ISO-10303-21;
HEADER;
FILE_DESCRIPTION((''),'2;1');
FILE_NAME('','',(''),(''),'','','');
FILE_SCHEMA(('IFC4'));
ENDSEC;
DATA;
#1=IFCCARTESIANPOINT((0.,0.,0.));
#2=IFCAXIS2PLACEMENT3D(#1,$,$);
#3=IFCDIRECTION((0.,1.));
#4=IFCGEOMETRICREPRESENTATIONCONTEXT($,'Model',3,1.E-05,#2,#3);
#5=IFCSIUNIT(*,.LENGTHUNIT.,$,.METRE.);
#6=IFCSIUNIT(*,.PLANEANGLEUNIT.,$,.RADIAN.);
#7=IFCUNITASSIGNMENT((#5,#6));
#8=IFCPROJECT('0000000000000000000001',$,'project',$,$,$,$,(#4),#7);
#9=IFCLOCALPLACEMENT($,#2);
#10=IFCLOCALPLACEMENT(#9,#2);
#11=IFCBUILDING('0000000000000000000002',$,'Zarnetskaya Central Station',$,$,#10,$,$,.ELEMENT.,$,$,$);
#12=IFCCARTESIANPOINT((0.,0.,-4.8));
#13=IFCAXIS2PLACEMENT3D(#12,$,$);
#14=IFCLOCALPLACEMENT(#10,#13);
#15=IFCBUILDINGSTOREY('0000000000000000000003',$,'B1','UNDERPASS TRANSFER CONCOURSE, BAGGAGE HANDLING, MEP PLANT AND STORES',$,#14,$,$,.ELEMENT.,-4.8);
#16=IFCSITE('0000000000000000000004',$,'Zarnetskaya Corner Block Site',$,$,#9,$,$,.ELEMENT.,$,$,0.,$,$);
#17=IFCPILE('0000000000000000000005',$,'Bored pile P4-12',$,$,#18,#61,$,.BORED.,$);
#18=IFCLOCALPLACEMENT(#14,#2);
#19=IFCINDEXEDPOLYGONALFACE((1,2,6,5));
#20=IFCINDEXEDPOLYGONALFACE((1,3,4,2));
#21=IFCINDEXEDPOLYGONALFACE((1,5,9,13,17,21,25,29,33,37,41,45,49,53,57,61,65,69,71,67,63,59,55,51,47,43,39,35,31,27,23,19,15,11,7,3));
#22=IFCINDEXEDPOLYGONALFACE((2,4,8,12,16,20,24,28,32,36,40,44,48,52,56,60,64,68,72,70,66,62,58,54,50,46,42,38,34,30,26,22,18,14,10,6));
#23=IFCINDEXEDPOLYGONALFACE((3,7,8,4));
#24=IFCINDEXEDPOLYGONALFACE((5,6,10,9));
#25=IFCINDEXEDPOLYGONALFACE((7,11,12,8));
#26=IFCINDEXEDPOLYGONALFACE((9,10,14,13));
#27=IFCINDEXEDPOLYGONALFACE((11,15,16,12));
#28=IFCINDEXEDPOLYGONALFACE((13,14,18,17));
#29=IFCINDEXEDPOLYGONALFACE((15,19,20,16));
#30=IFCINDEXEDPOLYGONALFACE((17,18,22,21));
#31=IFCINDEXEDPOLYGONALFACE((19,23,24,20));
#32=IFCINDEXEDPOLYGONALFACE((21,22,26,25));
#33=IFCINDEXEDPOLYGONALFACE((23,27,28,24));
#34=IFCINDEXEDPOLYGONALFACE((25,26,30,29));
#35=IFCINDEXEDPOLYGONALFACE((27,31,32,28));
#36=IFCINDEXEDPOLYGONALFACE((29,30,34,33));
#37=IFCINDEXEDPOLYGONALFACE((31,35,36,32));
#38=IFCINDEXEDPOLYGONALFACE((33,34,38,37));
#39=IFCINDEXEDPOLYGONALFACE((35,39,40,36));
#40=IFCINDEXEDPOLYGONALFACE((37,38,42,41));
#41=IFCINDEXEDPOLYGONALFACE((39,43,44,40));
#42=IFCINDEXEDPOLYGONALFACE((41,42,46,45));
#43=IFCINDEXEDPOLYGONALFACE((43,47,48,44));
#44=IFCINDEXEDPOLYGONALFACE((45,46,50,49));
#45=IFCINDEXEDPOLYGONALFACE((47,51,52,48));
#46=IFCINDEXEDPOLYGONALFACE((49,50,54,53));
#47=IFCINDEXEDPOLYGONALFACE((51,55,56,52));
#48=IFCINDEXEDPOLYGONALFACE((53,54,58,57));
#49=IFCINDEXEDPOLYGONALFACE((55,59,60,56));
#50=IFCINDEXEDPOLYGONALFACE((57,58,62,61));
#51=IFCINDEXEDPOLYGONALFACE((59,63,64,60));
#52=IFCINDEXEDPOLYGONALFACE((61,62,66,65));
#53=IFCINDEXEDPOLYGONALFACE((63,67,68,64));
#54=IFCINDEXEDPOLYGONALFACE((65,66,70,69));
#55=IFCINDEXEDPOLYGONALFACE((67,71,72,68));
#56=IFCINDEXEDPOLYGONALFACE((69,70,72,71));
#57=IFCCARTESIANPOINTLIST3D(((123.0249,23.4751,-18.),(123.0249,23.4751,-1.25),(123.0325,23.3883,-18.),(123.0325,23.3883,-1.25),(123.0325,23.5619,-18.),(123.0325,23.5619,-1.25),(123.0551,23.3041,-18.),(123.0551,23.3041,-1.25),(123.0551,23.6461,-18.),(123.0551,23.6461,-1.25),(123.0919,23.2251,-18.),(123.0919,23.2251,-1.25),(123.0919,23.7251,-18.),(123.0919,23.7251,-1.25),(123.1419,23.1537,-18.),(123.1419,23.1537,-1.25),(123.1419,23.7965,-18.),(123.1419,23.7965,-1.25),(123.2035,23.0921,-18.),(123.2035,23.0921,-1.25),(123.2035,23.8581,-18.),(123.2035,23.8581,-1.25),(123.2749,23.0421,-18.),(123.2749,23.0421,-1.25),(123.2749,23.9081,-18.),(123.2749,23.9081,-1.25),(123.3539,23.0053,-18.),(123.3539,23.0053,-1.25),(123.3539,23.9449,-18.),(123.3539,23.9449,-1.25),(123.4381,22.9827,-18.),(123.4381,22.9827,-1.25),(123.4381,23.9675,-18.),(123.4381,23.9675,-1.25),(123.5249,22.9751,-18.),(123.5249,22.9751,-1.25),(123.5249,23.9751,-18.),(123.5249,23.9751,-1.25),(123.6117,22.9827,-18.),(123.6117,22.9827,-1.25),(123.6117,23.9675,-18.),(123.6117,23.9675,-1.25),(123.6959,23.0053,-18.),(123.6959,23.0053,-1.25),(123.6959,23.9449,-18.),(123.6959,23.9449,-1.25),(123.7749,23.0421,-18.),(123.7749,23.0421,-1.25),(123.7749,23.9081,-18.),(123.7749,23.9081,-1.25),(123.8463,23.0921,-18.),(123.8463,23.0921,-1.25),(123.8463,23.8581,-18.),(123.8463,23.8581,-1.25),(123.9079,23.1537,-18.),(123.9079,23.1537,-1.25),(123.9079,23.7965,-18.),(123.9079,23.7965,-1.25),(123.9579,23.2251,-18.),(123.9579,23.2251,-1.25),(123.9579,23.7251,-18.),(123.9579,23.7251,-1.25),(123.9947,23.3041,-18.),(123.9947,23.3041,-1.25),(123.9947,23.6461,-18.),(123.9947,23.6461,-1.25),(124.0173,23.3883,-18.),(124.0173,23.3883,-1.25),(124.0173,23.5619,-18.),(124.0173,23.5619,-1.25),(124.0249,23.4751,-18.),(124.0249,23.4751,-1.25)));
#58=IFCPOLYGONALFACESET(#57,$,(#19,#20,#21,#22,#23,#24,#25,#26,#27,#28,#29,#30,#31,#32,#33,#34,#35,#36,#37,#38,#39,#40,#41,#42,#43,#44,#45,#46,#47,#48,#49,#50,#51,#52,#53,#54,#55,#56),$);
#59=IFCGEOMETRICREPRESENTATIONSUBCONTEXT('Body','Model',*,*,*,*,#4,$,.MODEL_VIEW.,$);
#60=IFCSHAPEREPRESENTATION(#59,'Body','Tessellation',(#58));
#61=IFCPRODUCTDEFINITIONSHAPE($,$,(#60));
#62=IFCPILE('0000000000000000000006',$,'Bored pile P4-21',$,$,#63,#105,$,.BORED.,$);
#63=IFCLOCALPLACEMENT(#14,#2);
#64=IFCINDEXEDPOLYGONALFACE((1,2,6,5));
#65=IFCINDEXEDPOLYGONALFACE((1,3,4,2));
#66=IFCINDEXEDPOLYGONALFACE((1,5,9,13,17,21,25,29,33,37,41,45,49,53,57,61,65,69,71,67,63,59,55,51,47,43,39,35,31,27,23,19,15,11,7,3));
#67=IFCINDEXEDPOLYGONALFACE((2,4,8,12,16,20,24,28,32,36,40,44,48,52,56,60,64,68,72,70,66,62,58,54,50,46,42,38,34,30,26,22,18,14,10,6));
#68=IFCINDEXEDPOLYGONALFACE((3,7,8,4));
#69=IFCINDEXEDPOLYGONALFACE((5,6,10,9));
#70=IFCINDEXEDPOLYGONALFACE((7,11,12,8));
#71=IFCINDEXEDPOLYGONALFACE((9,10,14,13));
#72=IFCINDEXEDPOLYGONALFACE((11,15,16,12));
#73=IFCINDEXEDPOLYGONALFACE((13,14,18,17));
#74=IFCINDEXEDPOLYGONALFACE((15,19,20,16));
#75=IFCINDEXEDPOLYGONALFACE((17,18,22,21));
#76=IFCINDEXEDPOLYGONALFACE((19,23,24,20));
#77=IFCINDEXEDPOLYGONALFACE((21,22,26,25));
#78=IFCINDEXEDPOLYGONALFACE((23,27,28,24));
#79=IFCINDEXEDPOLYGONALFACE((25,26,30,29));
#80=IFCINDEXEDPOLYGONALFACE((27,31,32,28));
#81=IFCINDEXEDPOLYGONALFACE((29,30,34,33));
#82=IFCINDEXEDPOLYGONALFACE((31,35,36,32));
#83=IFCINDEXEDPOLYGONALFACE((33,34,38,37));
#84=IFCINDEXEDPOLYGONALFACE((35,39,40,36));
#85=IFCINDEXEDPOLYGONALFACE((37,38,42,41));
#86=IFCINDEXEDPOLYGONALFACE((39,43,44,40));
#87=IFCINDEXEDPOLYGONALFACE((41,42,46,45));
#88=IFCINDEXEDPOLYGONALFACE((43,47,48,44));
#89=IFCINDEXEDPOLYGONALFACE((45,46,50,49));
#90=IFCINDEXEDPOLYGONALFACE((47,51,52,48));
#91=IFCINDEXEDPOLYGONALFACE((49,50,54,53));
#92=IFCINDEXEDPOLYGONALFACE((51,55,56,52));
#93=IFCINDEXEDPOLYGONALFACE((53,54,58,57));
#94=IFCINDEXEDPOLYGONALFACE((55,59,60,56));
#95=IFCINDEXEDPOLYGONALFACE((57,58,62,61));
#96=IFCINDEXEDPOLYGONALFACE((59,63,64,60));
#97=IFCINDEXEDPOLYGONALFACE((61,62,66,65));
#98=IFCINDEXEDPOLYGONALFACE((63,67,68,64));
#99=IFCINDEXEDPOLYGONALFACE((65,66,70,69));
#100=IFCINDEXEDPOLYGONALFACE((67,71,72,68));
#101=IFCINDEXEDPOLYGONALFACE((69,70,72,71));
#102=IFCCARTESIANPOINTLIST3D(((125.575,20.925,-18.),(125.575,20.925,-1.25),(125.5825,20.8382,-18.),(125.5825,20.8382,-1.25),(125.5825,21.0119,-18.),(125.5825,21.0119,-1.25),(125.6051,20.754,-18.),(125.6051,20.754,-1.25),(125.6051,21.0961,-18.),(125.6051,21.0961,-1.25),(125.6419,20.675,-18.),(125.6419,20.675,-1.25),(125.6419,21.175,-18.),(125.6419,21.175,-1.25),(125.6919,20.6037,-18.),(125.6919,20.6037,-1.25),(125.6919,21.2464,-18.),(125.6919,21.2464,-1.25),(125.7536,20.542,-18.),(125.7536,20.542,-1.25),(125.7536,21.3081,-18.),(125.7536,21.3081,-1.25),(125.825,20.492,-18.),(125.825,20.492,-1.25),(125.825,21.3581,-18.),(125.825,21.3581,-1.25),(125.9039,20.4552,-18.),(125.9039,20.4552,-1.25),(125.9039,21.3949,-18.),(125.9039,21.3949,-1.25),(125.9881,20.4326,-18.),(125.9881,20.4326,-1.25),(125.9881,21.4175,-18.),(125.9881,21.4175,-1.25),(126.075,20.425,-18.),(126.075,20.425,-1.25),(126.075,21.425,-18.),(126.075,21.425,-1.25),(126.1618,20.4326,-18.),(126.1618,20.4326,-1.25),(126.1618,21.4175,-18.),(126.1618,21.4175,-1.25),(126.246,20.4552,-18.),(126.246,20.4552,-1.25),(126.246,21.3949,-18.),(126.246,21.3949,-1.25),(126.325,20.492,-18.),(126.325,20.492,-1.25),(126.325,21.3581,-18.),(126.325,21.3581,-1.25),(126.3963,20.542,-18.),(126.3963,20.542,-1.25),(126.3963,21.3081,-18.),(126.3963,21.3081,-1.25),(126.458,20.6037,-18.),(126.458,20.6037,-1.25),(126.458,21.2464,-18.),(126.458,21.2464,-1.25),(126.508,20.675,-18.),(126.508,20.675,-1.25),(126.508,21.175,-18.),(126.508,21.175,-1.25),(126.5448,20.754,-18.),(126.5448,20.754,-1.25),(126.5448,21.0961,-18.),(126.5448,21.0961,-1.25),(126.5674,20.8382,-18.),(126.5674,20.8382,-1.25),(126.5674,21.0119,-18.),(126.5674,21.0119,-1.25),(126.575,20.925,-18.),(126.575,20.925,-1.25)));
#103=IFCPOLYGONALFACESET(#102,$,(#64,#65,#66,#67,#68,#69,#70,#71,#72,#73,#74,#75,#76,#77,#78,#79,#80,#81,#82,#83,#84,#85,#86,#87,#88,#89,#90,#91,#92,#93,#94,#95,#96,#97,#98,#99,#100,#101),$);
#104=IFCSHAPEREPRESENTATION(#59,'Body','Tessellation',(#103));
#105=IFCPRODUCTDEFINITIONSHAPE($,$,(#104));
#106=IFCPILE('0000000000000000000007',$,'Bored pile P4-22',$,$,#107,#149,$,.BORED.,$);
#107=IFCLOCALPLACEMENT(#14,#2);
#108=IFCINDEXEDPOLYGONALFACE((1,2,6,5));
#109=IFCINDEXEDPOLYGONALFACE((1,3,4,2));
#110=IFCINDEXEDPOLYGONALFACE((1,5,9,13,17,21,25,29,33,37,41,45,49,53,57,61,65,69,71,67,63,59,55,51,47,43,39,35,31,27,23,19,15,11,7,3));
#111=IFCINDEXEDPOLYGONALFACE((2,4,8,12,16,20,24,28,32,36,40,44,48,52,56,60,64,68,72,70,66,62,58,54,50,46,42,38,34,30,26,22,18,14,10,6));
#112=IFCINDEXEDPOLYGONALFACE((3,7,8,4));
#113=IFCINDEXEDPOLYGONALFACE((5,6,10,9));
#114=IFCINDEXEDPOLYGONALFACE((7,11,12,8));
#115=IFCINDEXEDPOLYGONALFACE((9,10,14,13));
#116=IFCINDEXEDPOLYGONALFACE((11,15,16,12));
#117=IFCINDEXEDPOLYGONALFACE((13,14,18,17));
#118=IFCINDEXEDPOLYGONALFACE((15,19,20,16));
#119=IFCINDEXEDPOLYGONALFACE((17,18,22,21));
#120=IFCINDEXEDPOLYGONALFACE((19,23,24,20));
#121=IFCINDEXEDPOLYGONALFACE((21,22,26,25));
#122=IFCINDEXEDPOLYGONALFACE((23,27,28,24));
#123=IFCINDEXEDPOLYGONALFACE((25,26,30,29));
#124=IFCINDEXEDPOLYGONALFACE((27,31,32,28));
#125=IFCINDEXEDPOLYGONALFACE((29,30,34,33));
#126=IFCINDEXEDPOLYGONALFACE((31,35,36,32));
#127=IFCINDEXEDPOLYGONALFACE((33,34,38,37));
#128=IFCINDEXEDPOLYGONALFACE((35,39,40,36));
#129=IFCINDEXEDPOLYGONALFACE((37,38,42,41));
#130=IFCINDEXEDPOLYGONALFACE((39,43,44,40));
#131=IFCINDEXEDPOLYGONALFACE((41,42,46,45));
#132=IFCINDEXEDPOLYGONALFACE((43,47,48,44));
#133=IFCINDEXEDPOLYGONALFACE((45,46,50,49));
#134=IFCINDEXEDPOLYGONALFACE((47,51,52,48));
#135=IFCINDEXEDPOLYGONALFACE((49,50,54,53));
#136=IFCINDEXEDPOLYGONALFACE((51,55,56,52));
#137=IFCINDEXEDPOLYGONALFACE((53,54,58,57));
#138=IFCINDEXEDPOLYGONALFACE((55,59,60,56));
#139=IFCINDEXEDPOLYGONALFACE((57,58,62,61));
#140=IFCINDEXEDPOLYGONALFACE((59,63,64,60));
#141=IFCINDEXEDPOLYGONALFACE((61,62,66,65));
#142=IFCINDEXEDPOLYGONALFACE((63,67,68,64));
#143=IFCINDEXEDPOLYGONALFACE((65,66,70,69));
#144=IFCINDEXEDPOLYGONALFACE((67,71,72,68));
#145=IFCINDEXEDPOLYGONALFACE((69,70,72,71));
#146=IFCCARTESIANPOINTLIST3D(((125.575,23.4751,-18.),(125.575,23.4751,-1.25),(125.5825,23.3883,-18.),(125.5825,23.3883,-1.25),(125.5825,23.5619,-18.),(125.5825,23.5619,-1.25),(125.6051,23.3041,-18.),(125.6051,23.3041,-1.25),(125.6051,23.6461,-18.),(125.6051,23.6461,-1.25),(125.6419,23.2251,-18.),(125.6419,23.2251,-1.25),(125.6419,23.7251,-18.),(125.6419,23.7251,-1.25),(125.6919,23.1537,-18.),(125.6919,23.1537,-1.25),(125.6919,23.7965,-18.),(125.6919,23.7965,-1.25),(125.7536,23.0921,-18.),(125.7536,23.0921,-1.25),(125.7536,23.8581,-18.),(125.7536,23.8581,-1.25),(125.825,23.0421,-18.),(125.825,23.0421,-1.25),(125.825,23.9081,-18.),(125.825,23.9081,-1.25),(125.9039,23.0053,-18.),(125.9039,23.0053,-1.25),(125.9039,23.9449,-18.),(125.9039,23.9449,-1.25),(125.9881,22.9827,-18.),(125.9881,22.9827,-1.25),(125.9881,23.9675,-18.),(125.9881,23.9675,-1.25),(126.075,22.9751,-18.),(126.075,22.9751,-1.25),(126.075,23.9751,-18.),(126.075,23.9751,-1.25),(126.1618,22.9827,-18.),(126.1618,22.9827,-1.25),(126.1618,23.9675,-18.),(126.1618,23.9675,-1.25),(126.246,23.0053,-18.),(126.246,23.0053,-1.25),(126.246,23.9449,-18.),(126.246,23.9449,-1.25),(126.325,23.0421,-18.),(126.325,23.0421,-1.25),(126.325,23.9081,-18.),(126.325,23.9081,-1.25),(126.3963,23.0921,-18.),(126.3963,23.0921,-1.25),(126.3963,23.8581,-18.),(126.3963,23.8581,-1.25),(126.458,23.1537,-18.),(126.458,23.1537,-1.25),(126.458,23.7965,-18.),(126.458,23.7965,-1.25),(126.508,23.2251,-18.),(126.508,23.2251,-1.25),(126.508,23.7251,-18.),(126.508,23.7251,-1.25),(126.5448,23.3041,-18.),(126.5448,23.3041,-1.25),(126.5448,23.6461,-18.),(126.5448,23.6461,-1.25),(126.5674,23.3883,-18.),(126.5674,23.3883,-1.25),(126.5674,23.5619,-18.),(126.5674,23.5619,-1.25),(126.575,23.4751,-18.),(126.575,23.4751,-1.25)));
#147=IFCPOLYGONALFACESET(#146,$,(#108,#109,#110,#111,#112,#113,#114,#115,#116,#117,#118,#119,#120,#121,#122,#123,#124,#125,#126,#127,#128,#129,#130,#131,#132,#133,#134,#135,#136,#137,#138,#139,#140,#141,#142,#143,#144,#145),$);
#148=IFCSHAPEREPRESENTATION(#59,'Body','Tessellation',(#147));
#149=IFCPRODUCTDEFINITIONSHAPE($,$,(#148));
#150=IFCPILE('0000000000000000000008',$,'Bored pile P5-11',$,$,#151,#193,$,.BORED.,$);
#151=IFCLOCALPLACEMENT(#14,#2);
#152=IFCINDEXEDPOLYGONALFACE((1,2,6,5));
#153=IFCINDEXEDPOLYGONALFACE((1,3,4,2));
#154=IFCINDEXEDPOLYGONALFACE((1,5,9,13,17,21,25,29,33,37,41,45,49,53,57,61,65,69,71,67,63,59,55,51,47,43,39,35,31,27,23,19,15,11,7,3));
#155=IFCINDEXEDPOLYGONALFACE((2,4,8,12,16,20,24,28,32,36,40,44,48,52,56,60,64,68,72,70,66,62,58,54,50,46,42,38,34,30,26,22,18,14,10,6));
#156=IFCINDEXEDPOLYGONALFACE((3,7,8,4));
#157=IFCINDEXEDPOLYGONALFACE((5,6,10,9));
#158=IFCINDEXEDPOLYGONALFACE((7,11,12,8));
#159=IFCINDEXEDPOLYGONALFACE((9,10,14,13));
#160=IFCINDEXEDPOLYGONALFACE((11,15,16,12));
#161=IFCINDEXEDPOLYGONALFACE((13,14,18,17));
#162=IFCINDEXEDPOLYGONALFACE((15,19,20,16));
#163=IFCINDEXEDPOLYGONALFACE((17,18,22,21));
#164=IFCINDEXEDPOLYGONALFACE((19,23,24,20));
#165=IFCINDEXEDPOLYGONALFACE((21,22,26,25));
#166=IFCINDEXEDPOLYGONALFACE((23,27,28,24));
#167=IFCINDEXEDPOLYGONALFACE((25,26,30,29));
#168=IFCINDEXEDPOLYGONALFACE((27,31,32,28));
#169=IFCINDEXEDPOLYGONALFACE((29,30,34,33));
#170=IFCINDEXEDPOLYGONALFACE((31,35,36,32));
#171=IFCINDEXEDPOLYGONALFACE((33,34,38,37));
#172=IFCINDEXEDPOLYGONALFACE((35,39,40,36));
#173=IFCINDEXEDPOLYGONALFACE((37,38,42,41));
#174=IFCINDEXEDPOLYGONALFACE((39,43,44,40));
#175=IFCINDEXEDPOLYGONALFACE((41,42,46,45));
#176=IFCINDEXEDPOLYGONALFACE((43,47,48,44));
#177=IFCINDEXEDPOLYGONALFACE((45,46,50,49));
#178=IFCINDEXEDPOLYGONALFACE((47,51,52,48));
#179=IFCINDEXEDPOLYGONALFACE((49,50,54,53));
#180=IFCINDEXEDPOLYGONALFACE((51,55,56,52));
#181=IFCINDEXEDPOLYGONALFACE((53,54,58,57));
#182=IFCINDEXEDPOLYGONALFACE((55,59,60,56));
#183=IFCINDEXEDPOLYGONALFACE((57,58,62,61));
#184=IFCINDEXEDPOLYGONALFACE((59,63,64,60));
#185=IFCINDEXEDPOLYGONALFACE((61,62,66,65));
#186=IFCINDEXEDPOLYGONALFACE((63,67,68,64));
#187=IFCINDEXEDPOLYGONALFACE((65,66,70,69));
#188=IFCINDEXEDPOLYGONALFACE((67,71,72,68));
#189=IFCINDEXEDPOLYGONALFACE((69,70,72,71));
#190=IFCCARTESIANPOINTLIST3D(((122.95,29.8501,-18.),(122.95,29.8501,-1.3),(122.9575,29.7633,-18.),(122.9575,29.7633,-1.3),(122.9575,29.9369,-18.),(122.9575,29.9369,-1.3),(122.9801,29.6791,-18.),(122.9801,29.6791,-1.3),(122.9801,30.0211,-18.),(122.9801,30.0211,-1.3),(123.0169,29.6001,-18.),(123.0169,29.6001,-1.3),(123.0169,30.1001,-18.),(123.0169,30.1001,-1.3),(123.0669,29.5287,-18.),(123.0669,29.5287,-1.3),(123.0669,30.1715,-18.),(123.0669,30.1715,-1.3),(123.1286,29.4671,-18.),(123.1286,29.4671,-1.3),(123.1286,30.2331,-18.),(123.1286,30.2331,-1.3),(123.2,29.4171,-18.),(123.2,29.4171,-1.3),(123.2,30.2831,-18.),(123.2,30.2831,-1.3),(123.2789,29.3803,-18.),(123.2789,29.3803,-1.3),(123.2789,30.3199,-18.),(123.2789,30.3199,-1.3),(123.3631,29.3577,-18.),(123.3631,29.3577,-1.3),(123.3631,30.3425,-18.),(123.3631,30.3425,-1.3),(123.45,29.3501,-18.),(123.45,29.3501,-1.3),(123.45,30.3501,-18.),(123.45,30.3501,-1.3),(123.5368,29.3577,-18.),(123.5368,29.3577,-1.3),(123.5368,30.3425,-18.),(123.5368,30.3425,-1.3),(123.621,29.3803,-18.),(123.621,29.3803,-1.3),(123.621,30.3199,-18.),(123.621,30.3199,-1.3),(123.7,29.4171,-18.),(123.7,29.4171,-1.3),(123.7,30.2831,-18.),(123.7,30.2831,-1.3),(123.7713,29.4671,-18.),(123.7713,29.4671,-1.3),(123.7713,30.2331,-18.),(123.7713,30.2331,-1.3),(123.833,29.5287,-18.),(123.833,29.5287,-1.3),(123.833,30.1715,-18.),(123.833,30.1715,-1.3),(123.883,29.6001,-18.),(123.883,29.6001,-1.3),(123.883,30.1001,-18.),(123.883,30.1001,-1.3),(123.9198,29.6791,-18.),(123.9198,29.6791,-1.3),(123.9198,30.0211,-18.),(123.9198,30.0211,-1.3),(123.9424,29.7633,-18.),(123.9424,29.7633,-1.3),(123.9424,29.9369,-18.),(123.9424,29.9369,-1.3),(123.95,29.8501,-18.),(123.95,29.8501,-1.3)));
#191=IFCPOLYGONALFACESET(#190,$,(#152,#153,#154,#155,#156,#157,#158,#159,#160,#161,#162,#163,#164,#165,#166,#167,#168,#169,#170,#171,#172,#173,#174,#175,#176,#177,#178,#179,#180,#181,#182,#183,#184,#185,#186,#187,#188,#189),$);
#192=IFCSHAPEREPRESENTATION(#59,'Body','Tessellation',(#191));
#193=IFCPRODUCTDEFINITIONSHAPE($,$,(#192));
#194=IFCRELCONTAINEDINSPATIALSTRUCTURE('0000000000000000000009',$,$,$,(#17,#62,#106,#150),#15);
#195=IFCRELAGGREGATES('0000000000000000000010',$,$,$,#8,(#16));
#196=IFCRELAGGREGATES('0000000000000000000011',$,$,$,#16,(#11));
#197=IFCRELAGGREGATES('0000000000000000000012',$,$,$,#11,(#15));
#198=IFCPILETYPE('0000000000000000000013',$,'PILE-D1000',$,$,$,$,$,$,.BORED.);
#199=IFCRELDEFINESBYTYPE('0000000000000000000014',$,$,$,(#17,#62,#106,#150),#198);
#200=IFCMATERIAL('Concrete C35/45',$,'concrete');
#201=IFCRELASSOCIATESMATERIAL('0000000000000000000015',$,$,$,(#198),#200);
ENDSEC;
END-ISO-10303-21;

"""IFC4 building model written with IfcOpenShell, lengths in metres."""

from ifc_helpers import new_model, si_unit, direction, frame, origin, origin_2d, place, context, subcontext, project, spatial, circle, extrude, material, material_profile, profile_set, type_object, element, save


model = new_model("IFC4")

# Units and contexts
model_context = context("Model", 3, precision=1e-05, world=origin(), true_north=direction((0.0, 1.0)))
body_context = subcontext(model_context, "Body", "Model", "MODEL_VIEW")
ifc_project = project(units=[si_unit("LENGTHUNIT", "METRE"), si_unit("PLANEANGLEUNIT", "RADIAN")], contexts=[model_context])

# Site, building, storey
site_placement = place(None, origin())
site = spatial("IfcSite", under=ifc_project, at=site_placement, Name="Zarnetskaya Corner Block Site", CompositionType="ELEMENT", RefElevation=0.0)
building_placement = place(site_placement, origin())
building = spatial("IfcBuilding", under=site, at=building_placement, Name="Zarnetskaya Central Station", CompositionType="ELEMENT")
storey_placement = place(building_placement, frame((0.0, 0.0, -4.8)))
storey = spatial("IfcBuildingStorey", under=building, at=storey_placement, Name="B1", Description="UNDERPASS TRANSFER CONCOURSE, BAGGAGE HANDLING, MEP PLANT AND STORES", CompositionType="ELEMENT", Elevation=-4.8)

# Shared definitions
ifc_material_1 = material(Name="Concrete C35/45", Category="concrete")

# Piles
ifc_material_profile_1 = material_profile(ifc_material_1, circle(Radius=0.5, at=origin_2d()), Name="BORED PILE D1000")
ifc_profile_set_1 = profile_set([ifc_material_profile_1], Name="Concrete C35/45")
pile_type_1 = type_object("IfcPileType", Name="PILE-D1000", PredefinedType="BORED", material=ifc_profile_set_1)
for number, where, z_axis, x_axis, name in (
    (1, (123.5249, 23.4751, -1.25), (0.0, 0.0, -1.0), (1.0, 0.0, 0.0), "Bored pile P4-12"),
    (2, (126.075, 20.925, -1.25), (0.0, 0.0, -1.0), (1.0, 0.0, 0.0), "Bored pile P4-21"),
    (3, (126.075, 23.4751, -1.25), (0.0, 0.0, -1.0), (1.0, 0.0, 0.0), "Bored pile P4-22"),
):
    element("IfcPile", number, at=place(storey_placement, frame(where, z_axis=z_axis, x_axis=x_axis)), inside=storey, type_object=pile_type_1, Name=name, PredefinedType="BORED", context=body_context, shape_type="SweptSolid", body=[
        extrude(circle(Radius=0.5, at=origin_2d()), origin(), (0.0, 0.0, 1.0), 16.75),
    ])
for number, where, z_axis, x_axis, name in (
    (4, (123.45, 29.8501, -1.3), (0.0, 0.0, -1.0), (1.0, 0.0, 0.0), "Bored pile P5-11"),
):
    element("IfcPile", number, at=place(storey_placement, frame(where, z_axis=z_axis, x_axis=x_axis)), inside=storey, type_object=pile_type_1, Name=name, PredefinedType="BORED", context=body_context, shape_type="SweptSolid", body=[
        extrude(circle(Radius=0.5, at=origin_2d()), origin(), (0.0, 0.0, 1.0), 16.7),
    ])

save(model, "model.ifc")
